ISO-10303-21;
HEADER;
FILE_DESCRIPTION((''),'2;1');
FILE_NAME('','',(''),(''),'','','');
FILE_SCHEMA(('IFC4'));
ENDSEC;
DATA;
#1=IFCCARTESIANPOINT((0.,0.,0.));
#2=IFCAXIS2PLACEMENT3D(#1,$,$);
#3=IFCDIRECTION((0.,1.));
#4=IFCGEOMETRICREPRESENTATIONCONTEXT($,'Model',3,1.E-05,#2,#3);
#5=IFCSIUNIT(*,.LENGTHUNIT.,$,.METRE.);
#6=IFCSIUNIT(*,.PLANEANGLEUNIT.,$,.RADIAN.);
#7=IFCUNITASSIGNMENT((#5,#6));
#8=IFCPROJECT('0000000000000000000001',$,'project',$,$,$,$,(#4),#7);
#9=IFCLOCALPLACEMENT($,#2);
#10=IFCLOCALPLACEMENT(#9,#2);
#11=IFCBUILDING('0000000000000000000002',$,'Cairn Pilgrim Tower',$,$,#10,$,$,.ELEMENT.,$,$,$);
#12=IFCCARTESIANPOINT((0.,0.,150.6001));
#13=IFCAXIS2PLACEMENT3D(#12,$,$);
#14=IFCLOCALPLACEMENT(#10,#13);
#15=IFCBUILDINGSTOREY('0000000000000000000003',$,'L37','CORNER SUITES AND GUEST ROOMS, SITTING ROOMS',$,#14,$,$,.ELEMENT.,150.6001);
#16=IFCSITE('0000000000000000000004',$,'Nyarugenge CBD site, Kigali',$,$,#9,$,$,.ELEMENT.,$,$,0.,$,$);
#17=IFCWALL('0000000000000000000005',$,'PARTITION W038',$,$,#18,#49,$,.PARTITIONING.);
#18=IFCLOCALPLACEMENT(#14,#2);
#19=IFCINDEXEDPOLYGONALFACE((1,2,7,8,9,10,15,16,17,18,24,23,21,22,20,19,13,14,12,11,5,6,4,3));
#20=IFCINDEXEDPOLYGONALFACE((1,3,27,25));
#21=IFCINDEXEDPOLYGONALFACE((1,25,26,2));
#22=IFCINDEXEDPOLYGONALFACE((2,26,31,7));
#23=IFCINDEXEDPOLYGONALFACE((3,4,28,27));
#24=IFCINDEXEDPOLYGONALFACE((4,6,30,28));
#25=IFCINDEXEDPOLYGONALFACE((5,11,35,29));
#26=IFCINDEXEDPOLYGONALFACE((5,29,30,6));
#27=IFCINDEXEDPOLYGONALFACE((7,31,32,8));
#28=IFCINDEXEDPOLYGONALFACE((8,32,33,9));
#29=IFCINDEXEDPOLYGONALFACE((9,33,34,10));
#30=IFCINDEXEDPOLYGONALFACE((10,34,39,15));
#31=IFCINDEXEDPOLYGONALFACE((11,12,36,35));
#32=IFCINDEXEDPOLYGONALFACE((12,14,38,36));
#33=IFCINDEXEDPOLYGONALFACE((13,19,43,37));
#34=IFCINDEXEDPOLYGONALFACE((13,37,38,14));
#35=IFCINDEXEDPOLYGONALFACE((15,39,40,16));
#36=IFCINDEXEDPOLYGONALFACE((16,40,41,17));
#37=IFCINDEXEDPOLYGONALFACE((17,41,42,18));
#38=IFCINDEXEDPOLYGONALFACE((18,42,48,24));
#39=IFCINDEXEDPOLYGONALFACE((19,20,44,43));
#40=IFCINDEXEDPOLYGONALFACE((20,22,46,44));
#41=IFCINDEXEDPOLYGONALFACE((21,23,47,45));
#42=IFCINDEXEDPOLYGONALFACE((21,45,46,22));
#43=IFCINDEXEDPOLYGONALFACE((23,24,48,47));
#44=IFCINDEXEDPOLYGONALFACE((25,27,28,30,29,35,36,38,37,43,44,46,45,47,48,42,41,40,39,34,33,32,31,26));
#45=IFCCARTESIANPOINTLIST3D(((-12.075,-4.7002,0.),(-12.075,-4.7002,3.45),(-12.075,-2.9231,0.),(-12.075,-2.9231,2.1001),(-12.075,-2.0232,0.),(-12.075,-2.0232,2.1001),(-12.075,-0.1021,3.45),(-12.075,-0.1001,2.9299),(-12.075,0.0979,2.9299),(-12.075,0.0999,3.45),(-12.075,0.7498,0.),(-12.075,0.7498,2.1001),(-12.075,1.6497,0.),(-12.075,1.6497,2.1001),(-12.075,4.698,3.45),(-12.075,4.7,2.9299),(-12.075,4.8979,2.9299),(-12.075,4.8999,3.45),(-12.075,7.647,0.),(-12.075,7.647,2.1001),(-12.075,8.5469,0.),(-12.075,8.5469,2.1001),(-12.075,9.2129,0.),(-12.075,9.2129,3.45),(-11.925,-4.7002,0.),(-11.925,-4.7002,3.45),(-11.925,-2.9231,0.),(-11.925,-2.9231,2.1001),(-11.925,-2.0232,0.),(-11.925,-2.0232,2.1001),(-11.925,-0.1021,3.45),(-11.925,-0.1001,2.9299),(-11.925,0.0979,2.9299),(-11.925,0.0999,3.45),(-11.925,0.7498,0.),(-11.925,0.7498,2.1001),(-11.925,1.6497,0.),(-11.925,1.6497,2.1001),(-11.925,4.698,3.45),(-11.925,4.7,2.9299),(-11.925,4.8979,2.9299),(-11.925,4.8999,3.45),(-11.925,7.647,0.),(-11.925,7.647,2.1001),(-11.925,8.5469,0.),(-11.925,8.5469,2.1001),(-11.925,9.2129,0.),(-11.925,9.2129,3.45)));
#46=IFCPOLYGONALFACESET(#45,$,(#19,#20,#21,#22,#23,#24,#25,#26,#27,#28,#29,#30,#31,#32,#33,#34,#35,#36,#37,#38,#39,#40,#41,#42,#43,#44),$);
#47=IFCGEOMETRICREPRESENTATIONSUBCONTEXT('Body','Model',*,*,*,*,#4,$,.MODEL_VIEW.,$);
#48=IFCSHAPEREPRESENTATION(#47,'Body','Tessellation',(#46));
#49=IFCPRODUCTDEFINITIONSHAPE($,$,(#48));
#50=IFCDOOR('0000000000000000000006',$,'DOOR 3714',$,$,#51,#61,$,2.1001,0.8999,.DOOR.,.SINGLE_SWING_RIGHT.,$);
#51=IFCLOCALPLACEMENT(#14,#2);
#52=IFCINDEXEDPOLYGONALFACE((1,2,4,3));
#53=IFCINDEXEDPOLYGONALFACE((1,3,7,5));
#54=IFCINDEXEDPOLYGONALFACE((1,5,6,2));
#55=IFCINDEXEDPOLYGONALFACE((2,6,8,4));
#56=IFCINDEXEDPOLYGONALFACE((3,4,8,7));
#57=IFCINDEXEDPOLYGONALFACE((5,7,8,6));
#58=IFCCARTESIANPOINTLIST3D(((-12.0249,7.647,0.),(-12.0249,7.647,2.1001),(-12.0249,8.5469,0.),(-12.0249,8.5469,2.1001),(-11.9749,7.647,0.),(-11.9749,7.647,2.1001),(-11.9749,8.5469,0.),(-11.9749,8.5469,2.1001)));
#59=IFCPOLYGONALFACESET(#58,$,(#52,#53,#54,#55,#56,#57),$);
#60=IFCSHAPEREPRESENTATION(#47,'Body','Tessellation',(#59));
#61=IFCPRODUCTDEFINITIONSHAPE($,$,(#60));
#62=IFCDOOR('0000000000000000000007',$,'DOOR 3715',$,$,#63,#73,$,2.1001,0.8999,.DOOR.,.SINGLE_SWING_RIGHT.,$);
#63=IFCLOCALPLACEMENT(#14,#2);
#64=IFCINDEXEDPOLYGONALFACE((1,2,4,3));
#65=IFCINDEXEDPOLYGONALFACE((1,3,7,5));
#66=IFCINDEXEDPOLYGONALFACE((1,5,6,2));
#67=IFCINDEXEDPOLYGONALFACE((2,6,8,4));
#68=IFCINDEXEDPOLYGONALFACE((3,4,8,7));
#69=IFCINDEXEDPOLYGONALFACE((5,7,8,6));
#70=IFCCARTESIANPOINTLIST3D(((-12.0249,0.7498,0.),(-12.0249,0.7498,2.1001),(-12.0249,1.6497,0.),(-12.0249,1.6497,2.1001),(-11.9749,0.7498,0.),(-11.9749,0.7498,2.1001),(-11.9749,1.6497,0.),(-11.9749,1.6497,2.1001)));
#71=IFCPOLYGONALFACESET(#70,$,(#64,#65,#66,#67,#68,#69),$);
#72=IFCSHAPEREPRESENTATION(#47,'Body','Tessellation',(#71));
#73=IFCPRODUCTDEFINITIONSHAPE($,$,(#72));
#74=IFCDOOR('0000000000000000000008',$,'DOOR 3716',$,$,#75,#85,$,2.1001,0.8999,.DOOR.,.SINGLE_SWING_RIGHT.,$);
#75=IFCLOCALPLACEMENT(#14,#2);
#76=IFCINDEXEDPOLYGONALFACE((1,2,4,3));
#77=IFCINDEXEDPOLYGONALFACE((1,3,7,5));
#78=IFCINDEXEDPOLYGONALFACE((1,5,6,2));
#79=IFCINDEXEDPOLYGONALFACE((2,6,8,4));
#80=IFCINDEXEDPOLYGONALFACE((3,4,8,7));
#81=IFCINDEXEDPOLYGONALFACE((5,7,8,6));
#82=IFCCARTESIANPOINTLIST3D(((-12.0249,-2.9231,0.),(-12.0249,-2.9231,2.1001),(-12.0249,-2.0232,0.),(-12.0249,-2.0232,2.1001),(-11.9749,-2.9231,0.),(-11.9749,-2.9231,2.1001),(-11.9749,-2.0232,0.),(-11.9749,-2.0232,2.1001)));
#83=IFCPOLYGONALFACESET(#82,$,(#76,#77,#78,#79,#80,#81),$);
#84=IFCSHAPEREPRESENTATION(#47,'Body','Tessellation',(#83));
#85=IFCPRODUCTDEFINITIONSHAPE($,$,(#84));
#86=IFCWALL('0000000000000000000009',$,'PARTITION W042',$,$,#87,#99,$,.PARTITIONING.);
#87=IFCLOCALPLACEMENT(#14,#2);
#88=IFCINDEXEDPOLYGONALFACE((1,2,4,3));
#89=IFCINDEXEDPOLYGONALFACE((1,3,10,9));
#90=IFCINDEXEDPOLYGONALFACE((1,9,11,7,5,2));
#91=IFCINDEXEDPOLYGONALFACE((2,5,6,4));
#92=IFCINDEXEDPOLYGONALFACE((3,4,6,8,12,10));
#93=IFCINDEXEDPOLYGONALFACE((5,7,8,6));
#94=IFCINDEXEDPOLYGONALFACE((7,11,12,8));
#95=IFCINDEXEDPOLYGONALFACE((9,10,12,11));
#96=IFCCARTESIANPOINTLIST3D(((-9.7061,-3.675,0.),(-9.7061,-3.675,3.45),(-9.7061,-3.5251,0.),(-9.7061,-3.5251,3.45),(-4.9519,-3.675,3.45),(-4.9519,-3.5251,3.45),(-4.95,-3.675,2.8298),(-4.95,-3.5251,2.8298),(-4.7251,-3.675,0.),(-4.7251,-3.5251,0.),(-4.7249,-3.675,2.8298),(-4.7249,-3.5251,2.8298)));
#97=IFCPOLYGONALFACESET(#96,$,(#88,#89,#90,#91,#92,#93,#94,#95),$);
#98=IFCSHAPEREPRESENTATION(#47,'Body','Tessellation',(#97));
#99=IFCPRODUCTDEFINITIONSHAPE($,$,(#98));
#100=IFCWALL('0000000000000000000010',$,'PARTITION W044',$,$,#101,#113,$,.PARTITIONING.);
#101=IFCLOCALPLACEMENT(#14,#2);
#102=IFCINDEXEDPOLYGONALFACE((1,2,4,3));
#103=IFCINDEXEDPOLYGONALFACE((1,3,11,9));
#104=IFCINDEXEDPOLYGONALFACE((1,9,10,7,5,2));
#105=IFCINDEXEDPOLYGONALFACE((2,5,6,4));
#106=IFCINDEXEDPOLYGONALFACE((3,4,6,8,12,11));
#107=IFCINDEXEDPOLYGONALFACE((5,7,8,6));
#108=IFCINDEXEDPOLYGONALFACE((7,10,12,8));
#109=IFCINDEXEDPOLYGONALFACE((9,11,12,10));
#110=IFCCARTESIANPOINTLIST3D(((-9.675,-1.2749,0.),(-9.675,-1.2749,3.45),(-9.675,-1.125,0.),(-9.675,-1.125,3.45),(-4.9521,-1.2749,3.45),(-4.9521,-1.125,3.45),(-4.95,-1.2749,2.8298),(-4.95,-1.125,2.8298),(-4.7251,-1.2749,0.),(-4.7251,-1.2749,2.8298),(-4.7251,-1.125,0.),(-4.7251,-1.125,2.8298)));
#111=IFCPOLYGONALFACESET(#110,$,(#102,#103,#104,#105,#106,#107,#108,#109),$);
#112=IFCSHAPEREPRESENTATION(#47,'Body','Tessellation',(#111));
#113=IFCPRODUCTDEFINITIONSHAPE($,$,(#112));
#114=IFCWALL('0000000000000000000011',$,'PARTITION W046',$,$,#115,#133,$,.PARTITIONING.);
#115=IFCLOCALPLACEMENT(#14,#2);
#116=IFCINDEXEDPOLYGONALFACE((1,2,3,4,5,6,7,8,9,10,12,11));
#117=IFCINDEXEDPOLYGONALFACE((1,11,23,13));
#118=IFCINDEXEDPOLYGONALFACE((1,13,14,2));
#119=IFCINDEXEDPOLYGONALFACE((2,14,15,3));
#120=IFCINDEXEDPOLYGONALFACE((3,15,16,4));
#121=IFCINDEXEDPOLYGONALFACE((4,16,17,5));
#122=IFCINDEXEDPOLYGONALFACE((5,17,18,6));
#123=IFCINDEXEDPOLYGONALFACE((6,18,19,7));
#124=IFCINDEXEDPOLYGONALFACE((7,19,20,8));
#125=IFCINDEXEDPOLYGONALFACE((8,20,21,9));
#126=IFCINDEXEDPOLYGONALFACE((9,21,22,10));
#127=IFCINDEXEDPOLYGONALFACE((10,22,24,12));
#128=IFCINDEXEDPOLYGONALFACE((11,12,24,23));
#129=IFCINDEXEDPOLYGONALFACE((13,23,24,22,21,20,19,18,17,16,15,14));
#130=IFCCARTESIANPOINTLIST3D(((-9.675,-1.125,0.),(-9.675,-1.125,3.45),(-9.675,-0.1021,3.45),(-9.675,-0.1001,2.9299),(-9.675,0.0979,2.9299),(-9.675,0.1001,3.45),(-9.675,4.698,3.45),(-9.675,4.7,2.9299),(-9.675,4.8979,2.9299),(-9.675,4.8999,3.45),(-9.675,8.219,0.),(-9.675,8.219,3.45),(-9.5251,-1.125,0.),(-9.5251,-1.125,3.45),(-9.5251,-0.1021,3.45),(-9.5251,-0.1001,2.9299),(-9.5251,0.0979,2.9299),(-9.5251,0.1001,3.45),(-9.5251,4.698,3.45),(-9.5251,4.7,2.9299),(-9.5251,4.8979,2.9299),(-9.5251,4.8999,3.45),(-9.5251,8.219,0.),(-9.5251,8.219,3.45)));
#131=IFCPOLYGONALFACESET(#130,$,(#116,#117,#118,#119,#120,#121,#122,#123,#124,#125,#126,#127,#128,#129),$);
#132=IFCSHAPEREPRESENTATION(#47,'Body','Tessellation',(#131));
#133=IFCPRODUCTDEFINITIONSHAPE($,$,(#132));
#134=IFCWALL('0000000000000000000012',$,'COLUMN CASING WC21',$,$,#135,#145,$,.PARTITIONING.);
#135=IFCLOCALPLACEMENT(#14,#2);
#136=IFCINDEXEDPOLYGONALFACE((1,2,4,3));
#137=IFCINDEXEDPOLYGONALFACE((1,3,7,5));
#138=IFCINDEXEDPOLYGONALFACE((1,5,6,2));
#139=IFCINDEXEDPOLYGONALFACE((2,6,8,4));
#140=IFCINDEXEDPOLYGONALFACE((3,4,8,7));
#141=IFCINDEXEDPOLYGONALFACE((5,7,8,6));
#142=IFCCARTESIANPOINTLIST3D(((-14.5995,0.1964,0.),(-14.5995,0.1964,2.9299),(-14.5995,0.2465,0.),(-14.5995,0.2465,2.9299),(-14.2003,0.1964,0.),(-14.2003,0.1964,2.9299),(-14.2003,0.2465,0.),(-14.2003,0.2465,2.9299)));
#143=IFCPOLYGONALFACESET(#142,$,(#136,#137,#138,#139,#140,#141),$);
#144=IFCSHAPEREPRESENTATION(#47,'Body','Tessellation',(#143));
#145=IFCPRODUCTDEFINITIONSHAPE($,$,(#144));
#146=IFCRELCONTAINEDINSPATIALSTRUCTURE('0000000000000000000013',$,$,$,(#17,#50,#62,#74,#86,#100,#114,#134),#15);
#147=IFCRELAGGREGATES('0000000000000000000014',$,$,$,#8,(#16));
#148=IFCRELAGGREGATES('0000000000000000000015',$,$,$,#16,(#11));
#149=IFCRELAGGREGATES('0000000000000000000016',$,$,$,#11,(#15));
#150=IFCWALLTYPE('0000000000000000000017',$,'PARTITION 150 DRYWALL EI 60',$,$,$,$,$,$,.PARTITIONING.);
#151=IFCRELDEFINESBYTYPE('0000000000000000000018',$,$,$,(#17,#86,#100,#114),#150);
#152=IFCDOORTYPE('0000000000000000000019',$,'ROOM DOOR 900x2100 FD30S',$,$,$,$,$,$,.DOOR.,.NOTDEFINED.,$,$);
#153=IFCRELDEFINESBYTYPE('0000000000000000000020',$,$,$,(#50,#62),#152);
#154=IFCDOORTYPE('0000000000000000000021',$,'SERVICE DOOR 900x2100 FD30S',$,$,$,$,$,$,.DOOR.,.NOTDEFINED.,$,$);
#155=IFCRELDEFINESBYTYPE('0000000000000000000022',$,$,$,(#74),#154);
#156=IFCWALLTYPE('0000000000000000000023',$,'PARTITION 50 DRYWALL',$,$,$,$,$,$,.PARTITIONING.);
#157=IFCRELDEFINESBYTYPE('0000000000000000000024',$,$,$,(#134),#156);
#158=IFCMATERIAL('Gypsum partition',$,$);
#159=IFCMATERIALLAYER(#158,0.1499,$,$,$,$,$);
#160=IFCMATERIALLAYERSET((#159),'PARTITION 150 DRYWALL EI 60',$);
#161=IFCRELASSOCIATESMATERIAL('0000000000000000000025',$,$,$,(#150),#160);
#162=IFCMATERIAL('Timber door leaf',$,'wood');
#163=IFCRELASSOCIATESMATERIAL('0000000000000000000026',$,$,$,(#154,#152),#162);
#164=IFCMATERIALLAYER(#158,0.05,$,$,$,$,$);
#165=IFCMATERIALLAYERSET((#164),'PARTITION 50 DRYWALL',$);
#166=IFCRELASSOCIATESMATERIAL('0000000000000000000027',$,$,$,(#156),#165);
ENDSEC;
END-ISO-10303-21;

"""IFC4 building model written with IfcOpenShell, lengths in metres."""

from ifc_helpers import new_model, si_unit, direction, frame, frame_2d, origin, place, context, subcontext, project, spatial, polyline, rectangle, outline, extrude, material, layer, layer_set, type_object, element, fill, save


model = new_model("IFC4")

# Units and contexts
model_context = context("Model", 3, precision=1e-05, world=origin(), true_north=direction((0.0, 1.0)))
body_context = subcontext(model_context, "Body", "Model", "MODEL_VIEW")
ifc_project = project(units=[si_unit("LENGTHUNIT", "METRE"), si_unit("PLANEANGLEUNIT", "RADIAN")], contexts=[model_context])

# Site, building, storey
site_placement = place(None, origin())
site = spatial("IfcSite", under=ifc_project, at=site_placement, Name="Nyarugenge CBD site, Kigali", CompositionType="ELEMENT", RefElevation=0.0)
building_placement = place(site_placement, origin())
building = spatial("IfcBuilding", under=site, at=building_placement, Name="Cairn Pilgrim Tower", CompositionType="ELEMENT")
storey_placement = place(building_placement, frame((0.0, 0.0, 150.6001)))
storey = spatial("IfcBuildingStorey", under=building, at=storey_placement, Name="L37", Description="CORNER SUITES AND GUEST ROOMS, SITTING ROOMS", CompositionType="ELEMENT", Elevation=150.6001)

# Shared definitions
ifc_material_1 = material(Name="Gypsum partition")

# Shared definitions
ifc_material_2 = material(Name="Timber door leaf", Category="wood")

# Shared definitions
ifc_layer_1 = layer(ifc_material_1, 0.1499)
ifc_layer_set_1 = layer_set([ifc_layer_1], Name="PARTITION 150 DRYWALL EI 60")
wall_type_1 = type_object("IfcWallType", Name="PARTITION 150 DRYWALL EI 60", PredefinedType="PARTITIONING", material=ifc_layer_set_1)

# Shared definitions
door_type_1 = type_object("IfcDoorType", Name="SERVICE DOOR 900x2100 FD30S", OperationType="NOTDEFINED", PredefinedType="DOOR", material=ifc_material_2)

# Wall, openings, doors
wall_1_placement = place(storey_placement, frame((-12.0, -4.7002, 0.0), z_axis=(0.0, 0.0, 1.0), x_axis=(0.0, 1.0, 0.0)))
wall_1 = element("IfcWall", 1, at=wall_1_placement, inside=storey, type_object=wall_type_1, Name="PARTITION W038", PredefinedType="PARTITIONING", context=body_context, shape_type="SweptSolid", body=[
    extrude(outline(polyline([(0.0, 0.0), (13.9131, 0.0), (13.9131, 3.45), (9.6001, 3.45), (9.5981, 2.9299), (9.4001, 2.9299), (9.3982, 3.45), (4.8, 3.45), (4.7981, 2.9299), (4.6001, 2.9299), (4.5981, 3.45), (0.0, 3.45), (0.0, 0.0)])), frame((0.0, 0.075, 0.0), z_axis=(0.0, -1.0, 0.0), x_axis=(1.0, 0.0, 0.0)), (0.0, 0.0, 1.0), 0.1499),
])
opening_1_placement = place(wall_1_placement, frame((12.3472, 0.0, 0.0)))
opening_1 = element("IfcOpeningElement", 2, at=opening_1_placement, cuts=wall_1, PredefinedType="OPENING", context=body_context, shape_type="SweptSolid", body=[
    extrude(rectangle(XDim=0.8999, YDim=2.1001, at=frame_2d((0.45, 1.05))), frame((0.0, 0.085, 0.0), z_axis=(0.0, -1.0, 0.0), x_axis=(1.0, 0.0, 0.0)), (0.0, 0.0, 1.0), 0.1699),
])
opening_2_placement = place(wall_1_placement, frame((5.45, 0.0, 0.0)))
opening_2 = element("IfcOpeningElement", 3, at=opening_2_placement, cuts=wall_1, PredefinedType="OPENING", context=body_context, shape_type="SweptSolid", body=[
    extrude(rectangle(XDim=0.8999, YDim=2.1001, at=frame_2d((0.45, 1.05))), frame((0.0, 0.085, 0.0), z_axis=(0.0, -1.0, 0.0), x_axis=(1.0, 0.0, 0.0)), (0.0, 0.0, 1.0), 0.1699),
])
opening_3_placement = place(wall_1_placement, frame((1.7771, 0.0, 0.0)))
opening_3 = element("IfcOpeningElement", 4, at=opening_3_placement, cuts=wall_1, PredefinedType="OPENING", context=body_context, shape_type="SweptSolid", body=[
    extrude(rectangle(XDim=0.8999, YDim=2.1001, at=frame_2d((0.45, 1.05))), frame((0.0, 0.085, 0.0), z_axis=(0.0, -1.0, 0.0), x_axis=(1.0, 0.0, 0.0)), (0.0, 0.0, 1.0), 0.1699),
])
door_type_2 = type_object("IfcDoorType", Name="ROOM DOOR 900x2100 FD30S", OperationType="NOTDEFINED", PredefinedType="DOOR", material=ifc_material_2)
door_1_placement = place(opening_1_placement, origin())
door_1 = element("IfcDoor", 5, at=door_1_placement, inside=storey, type_object=door_type_2, Name="DOOR 3714", OperationType="SINGLE_SWING_RIGHT", OverallHeight=2.1001, OverallWidth=0.8999, PredefinedType="DOOR", context=body_context, shape_type="SweptSolid", body=[
    extrude(rectangle(XDim=0.8999, YDim=2.1001, at=frame_2d((0.45, 1.05))), frame((0.0, 0.0249, 0.0), z_axis=(0.0, -1.0, 0.0), x_axis=(1.0, 0.0, 0.0)), (0.0, 0.0, 1.0), 0.05),
])
fill(opening_1, door_1)
door_2_placement = place(opening_2_placement, origin())
door_2 = element("IfcDoor", 6, at=door_2_placement, inside=storey, type_object=door_type_2, Name="DOOR 3715", OperationType="SINGLE_SWING_RIGHT", OverallHeight=2.1001, OverallWidth=0.8999, PredefinedType="DOOR", context=body_context, shape_type="SweptSolid", body=[
    extrude(rectangle(XDim=0.8999, YDim=2.1001, at=frame_2d((0.45, 1.05))), frame((0.0, 0.0249, 0.0), z_axis=(0.0, -1.0, 0.0), x_axis=(1.0, 0.0, 0.0)), (0.0, 0.0, 1.0), 0.05),
])
fill(opening_2, door_2)
door_3_placement = place(opening_3_placement, origin())
door_3 = element("IfcDoor", 7, at=door_3_placement, inside=storey, type_object=door_type_1, Name="DOOR 3716", OperationType="SINGLE_SWING_RIGHT", OverallHeight=2.1001, OverallWidth=0.8999, PredefinedType="DOOR", context=body_context, shape_type="SweptSolid", body=[
    extrude(rectangle(XDim=0.8999, YDim=2.1001, at=frame_2d((0.45, 1.05))), frame((0.0, 0.0249, 0.0), z_axis=(0.0, -1.0, 0.0), x_axis=(1.0, 0.0, 0.0)), (0.0, 0.0, 1.0), 0.05),
])
fill(opening_3, door_3)

# Walls
wall_2_placement = place(storey_placement, frame((-9.7061, -3.6001, 0.0), z_axis=(0.0, 0.0, 1.0), x_axis=(1.0, 0.0, 0.0)))
element("IfcWall", 8, at=wall_2_placement, inside=storey, type_object=wall_type_1, Name="PARTITION W042", PredefinedType="PARTITIONING", context=body_context, shape_type="SweptSolid", body=[
    extrude(outline(polyline([(0.0, 0.0), (4.981, 0.0), (4.9812, 2.8298), (4.7561, 2.8298), (4.7542, 3.45), (0.0, 3.45), (0.0, 0.0)])), frame((0.0, 0.075, 0.0), z_axis=(0.0, -1.0, 0.0), x_axis=(1.0, 0.0, 0.0)), (0.0, 0.0, 1.0), 0.1499),
])
wall_3_placement = place(storey_placement, frame((-9.675, -1.2, 0.0), z_axis=(0.0, 0.0, 1.0), x_axis=(1.0, 0.0, 0.0)))
element("IfcWall", 9, at=wall_3_placement, inside=storey, type_object=wall_type_1, Name="PARTITION W044", PredefinedType="PARTITIONING", context=body_context, shape_type="SweptSolid", body=[
    extrude(outline(polyline([(0.0, 0.0), (4.95, 0.0), (4.95, 2.8298), (4.7251, 2.8298), (4.7229, 3.45), (0.0, 3.45), (0.0, 0.0)])), frame((0.0, 0.075, 0.0), z_axis=(0.0, -1.0, 0.0), x_axis=(1.0, 0.0, 0.0)), (0.0, 0.0, 1.0), 0.1499),
])
wall_4_placement = place(storey_placement, frame((-9.6001, -1.125, 0.0), z_axis=(0.0, 0.0, 1.0), x_axis=(0.0, 1.0, 0.0)))
element("IfcWall", 10, at=wall_4_placement, inside=storey, type_object=wall_type_1, Name="PARTITION W046", PredefinedType="PARTITIONING", context=body_context, shape_type="SweptSolid", body=[
    extrude(outline(polyline([(0.0, 0.0), (9.344, 0.0), (9.344, 3.45), (6.0249, 3.45), (6.0229, 2.9299), (5.825, 2.9299), (5.823, 3.45), (1.2251, 3.45), (1.2229, 2.9299), (1.0249, 2.9299), (1.0229, 3.45), (0.0, 3.45), (0.0, 0.0)])), frame((0.0, 0.075, 0.0), z_axis=(0.0, -1.0, 0.0), x_axis=(1.0, 0.0, 0.0)), (0.0, 0.0, 1.0), 0.1499),
])
ifc_layer_2 = layer(ifc_material_1, 0.05)
ifc_layer_set_2 = layer_set([ifc_layer_2], Name="PARTITION 50 DRYWALL")
wall_type_2 = type_object("IfcWallType", Name="PARTITION 50 DRYWALL", PredefinedType="PARTITIONING", material=ifc_layer_set_2)
wall_5_placement = place(storey_placement, frame((-14.5996, 0.2214, 0.0), z_axis=(0.0, 0.0, 1.0), x_axis=(1.0, 0.0, 0.0)))
element("IfcWall", 11, at=wall_5_placement, inside=storey, type_object=wall_type_2, Name="COLUMN CASING WC21", PredefinedType="PARTITIONING", context=body_context, shape_type="SweptSolid", body=[
    extrude(rectangle(XDim=0.3992, YDim=0.05, at=frame_2d((0.1997, 0.0))), origin(), (0.0, 0.0, 1.0), 2.9299),
])

save(model, "model.ifc")
